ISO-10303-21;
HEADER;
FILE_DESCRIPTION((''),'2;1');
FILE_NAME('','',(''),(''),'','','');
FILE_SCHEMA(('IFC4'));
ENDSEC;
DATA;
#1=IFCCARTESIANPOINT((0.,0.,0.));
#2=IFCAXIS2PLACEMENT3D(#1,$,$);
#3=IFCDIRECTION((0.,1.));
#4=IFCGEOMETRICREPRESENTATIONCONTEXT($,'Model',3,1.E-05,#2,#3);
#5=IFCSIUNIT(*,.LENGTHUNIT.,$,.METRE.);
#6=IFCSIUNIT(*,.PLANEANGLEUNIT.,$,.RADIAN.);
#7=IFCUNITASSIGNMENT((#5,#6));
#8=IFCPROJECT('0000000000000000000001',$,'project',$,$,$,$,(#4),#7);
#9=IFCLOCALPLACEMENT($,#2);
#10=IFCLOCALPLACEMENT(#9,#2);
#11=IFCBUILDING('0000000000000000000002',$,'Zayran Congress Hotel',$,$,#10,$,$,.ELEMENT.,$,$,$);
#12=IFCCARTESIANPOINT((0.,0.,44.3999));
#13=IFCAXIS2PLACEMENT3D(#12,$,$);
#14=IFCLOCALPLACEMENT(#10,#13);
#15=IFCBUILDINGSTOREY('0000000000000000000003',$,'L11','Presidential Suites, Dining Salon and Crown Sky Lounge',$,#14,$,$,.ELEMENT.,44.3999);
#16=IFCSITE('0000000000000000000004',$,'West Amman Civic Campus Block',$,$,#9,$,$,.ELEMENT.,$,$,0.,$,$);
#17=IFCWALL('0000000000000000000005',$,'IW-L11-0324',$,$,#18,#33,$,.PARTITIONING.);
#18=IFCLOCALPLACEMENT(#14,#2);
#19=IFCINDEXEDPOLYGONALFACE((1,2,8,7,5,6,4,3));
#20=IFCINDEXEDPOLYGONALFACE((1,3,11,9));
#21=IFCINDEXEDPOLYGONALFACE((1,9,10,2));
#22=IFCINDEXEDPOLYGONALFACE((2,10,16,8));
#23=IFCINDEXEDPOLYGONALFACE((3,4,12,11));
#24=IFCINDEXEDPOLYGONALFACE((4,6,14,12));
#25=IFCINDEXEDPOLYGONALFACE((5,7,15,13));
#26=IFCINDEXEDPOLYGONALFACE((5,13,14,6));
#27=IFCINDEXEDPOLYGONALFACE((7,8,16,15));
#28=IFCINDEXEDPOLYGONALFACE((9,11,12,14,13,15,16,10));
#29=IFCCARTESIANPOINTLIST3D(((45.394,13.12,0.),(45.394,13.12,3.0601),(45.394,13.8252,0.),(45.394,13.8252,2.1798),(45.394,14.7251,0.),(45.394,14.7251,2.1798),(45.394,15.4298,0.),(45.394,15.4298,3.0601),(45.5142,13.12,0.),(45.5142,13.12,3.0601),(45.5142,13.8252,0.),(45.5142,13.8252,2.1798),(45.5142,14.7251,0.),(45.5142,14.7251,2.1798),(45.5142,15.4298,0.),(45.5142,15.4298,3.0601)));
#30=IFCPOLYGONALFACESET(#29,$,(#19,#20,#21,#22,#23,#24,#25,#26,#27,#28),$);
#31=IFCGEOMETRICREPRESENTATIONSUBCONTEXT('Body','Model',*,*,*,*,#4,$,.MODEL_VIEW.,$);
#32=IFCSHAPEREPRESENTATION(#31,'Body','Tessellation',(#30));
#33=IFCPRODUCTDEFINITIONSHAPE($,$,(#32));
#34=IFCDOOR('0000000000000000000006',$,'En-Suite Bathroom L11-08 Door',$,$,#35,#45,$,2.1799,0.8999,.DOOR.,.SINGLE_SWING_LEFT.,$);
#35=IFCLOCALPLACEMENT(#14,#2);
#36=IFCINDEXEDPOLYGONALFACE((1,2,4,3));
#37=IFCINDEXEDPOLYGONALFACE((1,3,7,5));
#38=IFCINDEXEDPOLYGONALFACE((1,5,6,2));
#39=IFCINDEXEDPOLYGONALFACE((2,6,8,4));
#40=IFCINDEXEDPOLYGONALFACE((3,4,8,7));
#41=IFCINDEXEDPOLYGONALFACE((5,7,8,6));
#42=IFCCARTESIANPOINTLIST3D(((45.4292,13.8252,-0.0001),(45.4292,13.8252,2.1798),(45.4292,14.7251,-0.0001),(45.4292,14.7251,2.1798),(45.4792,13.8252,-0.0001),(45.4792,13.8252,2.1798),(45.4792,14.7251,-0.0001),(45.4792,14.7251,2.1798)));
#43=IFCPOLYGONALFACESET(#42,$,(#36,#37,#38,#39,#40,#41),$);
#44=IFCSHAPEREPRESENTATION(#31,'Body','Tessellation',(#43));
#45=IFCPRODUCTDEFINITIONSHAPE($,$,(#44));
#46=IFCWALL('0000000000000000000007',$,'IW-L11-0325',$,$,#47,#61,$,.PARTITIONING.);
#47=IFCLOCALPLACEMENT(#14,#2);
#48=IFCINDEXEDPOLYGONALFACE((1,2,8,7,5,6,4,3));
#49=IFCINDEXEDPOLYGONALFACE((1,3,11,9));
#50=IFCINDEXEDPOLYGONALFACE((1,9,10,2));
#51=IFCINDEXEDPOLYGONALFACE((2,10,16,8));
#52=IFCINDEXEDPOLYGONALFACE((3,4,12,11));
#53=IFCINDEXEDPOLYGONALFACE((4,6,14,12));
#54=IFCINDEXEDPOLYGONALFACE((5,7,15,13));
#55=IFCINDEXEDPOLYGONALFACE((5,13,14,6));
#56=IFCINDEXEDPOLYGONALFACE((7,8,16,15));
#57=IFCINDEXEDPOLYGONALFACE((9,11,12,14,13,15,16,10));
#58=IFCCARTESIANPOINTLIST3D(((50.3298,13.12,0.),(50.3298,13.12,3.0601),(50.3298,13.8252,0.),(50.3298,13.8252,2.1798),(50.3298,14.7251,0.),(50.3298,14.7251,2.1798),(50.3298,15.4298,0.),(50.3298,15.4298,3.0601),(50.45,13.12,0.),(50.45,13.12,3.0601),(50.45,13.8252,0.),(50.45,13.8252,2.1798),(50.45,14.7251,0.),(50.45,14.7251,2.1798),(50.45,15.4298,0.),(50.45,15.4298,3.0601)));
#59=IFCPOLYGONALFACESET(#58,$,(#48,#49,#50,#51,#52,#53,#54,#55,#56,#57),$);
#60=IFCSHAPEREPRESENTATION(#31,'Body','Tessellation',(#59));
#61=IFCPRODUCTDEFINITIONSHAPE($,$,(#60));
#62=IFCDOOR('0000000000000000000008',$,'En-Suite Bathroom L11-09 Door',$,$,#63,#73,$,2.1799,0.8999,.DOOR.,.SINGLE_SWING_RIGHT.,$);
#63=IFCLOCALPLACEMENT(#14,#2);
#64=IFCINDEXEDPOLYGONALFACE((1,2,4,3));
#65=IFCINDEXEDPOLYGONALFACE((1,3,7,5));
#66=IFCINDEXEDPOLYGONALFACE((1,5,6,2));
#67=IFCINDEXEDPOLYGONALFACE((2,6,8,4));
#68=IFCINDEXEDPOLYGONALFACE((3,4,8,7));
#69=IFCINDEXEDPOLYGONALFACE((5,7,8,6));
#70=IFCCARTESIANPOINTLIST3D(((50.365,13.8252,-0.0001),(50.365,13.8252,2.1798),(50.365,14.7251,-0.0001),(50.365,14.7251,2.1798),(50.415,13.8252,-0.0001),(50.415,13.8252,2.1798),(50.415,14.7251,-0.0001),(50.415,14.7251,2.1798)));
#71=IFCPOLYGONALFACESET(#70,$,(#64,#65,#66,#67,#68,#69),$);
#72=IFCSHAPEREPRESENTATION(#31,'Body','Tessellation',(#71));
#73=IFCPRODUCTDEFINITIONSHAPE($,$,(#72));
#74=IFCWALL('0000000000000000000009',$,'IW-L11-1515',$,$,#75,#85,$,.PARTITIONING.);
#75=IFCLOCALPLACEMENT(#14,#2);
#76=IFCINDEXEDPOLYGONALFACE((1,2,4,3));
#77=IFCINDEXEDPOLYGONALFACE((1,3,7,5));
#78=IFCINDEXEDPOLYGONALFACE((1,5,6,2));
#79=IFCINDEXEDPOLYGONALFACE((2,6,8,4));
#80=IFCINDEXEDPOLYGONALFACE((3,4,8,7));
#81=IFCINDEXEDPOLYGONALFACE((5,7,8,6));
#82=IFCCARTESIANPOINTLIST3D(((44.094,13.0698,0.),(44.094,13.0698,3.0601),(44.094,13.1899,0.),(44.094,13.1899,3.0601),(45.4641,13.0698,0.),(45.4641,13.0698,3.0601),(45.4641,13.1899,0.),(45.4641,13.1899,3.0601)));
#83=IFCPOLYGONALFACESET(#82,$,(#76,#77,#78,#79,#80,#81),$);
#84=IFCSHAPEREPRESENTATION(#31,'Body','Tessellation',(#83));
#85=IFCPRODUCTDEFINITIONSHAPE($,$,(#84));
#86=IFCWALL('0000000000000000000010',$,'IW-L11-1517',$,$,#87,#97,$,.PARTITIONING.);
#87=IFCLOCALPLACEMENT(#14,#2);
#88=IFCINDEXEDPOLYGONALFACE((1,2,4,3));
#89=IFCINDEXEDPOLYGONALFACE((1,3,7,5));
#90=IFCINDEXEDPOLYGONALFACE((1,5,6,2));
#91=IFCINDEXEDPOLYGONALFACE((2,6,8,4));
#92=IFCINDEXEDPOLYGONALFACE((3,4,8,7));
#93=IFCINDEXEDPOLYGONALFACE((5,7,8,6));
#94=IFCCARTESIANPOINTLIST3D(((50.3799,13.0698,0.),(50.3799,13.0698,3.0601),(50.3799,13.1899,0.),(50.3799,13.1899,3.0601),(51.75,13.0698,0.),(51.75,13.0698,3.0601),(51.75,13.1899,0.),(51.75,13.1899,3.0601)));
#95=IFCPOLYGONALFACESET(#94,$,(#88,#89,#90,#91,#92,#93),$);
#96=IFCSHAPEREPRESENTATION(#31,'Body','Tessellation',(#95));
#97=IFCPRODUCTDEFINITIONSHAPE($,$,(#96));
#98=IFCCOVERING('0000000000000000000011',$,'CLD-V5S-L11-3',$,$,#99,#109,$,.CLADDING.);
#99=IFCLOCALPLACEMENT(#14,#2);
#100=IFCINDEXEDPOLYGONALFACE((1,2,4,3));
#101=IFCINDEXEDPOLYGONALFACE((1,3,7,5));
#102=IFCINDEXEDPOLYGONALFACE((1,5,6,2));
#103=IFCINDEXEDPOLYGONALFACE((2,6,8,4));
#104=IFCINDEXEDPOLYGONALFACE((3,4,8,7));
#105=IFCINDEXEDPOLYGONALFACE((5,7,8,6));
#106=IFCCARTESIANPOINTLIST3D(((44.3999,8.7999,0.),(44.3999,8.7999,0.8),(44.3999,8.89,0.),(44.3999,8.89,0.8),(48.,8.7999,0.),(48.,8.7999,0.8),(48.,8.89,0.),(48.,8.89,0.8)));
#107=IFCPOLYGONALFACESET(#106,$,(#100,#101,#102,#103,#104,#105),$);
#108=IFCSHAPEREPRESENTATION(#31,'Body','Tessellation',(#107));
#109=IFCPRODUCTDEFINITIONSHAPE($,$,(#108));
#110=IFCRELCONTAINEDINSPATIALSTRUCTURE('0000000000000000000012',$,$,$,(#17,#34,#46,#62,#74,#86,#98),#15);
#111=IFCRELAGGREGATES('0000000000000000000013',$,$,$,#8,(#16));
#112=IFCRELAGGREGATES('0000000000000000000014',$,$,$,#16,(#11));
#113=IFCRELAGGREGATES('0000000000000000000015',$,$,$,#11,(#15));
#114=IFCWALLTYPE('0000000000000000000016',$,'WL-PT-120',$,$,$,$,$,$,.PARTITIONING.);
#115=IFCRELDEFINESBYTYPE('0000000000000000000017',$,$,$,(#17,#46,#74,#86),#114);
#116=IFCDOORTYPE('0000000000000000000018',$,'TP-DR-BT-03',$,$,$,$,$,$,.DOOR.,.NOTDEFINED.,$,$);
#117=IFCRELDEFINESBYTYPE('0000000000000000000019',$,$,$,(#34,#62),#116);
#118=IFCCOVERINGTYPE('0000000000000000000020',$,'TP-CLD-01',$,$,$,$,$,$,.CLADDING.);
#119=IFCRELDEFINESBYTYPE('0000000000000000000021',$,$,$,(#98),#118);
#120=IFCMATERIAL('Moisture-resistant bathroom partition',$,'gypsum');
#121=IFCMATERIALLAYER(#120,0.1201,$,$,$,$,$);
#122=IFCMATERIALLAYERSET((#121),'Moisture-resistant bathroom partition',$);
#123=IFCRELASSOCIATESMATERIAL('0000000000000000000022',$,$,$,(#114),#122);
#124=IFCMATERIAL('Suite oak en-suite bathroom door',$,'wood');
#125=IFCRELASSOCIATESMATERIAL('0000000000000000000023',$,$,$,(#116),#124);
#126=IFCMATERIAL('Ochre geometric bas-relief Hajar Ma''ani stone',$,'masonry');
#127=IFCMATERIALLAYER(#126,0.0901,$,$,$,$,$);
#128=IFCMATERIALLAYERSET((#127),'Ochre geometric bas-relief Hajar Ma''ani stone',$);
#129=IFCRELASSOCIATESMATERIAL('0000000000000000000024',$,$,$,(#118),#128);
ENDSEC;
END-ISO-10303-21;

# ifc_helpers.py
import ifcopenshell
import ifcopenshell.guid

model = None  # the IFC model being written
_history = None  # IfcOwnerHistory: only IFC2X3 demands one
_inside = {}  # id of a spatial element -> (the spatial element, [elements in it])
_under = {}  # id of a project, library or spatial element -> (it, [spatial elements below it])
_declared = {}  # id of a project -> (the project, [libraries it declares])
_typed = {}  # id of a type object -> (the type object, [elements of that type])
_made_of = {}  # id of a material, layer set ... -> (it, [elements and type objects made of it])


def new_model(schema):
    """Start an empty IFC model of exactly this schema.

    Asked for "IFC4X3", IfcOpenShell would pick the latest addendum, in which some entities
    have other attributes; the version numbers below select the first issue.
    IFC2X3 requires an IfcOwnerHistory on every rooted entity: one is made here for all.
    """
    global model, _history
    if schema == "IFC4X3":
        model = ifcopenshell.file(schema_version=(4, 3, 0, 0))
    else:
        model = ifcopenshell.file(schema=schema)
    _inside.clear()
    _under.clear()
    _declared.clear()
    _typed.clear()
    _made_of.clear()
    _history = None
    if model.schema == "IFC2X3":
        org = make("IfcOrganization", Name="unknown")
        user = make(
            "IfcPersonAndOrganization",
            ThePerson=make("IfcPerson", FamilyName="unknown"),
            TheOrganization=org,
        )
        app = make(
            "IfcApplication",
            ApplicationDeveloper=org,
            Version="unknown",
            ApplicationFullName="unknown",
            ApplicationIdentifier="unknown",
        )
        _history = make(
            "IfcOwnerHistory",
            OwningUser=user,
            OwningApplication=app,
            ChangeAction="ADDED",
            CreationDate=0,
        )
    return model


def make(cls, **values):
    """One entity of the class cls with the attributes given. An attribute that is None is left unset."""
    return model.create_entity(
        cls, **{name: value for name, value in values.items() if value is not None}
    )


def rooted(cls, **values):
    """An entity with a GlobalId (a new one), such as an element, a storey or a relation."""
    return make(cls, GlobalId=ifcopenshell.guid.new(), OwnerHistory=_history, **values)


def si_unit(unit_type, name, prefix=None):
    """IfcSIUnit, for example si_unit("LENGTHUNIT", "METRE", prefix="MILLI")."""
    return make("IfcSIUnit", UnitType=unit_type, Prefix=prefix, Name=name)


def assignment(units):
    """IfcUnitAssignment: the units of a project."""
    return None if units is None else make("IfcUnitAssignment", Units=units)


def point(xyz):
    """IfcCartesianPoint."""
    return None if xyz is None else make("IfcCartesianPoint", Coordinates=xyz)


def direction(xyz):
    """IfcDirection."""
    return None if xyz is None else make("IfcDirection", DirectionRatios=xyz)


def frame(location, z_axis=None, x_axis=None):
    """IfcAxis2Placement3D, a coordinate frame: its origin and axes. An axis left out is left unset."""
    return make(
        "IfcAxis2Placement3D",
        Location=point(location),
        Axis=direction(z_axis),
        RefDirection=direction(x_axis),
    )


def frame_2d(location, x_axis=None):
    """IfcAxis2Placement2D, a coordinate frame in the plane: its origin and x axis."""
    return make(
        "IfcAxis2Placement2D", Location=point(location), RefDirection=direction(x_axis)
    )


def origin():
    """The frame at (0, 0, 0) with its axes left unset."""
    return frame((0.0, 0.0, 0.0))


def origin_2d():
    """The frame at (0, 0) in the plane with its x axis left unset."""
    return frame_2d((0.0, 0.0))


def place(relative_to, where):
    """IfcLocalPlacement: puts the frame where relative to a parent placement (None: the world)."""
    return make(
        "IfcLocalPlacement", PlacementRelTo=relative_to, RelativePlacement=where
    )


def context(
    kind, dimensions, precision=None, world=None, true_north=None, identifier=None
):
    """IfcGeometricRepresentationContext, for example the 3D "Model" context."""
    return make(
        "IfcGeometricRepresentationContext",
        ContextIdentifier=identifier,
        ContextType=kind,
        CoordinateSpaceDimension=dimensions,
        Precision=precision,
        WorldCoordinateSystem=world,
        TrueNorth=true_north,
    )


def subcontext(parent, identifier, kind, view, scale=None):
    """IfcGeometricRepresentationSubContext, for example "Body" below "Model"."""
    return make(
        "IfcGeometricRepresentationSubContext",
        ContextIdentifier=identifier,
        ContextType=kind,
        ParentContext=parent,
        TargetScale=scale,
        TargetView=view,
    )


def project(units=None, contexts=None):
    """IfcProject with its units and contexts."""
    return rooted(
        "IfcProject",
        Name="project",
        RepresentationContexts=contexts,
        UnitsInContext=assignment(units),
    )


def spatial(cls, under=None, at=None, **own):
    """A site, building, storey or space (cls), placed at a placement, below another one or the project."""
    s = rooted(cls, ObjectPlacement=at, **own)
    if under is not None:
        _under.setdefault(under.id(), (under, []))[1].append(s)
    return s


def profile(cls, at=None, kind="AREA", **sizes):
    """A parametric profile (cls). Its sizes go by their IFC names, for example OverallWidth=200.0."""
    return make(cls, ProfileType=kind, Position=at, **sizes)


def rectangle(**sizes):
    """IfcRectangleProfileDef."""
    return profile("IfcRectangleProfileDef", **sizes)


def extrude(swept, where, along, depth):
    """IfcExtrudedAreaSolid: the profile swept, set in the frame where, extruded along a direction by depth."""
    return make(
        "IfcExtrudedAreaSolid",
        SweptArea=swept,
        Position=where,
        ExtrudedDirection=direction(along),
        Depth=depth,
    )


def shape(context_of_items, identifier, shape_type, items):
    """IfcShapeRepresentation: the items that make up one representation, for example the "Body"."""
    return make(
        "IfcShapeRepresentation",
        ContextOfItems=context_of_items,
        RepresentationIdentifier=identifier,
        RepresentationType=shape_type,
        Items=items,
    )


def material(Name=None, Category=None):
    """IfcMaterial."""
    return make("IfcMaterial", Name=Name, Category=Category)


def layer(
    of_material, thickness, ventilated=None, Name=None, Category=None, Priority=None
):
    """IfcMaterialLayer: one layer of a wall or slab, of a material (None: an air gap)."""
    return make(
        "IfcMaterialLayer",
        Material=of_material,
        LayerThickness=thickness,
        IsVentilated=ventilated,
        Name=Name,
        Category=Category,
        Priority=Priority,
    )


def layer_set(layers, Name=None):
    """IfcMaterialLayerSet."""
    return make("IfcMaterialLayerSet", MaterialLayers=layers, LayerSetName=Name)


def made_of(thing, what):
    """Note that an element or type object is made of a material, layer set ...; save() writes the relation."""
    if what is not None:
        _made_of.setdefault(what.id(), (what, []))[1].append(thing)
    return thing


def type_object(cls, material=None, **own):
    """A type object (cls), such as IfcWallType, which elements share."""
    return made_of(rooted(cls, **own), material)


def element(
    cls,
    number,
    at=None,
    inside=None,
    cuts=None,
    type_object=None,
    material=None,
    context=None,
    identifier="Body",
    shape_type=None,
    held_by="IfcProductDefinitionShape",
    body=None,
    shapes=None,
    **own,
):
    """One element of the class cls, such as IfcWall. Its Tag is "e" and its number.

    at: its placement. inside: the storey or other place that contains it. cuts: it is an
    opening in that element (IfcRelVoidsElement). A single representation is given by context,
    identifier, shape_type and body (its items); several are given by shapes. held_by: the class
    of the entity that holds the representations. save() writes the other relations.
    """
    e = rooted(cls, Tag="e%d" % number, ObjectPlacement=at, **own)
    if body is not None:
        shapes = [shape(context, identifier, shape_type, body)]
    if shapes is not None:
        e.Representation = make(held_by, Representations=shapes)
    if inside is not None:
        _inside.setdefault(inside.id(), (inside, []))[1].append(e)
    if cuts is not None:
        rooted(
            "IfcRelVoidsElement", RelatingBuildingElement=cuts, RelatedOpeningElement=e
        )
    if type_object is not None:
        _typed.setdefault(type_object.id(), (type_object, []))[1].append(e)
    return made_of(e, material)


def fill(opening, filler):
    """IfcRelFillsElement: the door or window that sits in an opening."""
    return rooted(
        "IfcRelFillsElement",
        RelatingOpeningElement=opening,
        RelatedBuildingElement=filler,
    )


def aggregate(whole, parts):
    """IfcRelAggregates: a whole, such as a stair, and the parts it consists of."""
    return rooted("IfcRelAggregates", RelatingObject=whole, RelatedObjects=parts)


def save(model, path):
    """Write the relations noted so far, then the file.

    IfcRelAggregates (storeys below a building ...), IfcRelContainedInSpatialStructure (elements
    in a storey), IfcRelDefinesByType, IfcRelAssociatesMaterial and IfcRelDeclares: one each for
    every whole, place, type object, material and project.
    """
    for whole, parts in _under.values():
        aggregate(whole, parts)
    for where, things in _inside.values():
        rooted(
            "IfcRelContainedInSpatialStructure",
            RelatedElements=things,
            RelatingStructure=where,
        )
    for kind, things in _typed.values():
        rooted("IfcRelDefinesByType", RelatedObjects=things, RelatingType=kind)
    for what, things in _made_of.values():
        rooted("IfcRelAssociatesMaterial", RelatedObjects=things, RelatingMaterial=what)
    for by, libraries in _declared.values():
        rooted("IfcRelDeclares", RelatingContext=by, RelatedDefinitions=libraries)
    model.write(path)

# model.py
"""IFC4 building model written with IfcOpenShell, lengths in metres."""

from ifc_helpers import new_model, si_unit, direction, frame, frame_2d, origin, origin_2d, place, context, subcontext, project, spatial, rectangle, extrude, material, layer, layer_set, type_object, element, fill, save


model = new_model("IFC4")

# Units and contexts
model_context = context("Model", 3, precision=1e-05, world=origin(), true_north=direction((0.0, 1.0)))
body_context = subcontext(model_context, "Body", "Model", "MODEL_VIEW")
ifc_project = project(units=[si_unit("LENGTHUNIT", "METRE"), si_unit("PLANEANGLEUNIT", "RADIAN")], contexts=[model_context])

# Site, building, storey
site_placement = place(None, origin())
site = spatial("IfcSite", under=ifc_project, at=site_placement, Name="West Amman Civic Campus Block", CompositionType="ELEMENT", RefElevation=0.0)
building_placement = place(site_placement, origin())
building = spatial("IfcBuilding", under=site, at=building_placement, Name="Zayran Congress Hotel", CompositionType="ELEMENT")
storey_placement = place(building_placement, frame((0.0, 0.0, 44.3999)))
storey = spatial("IfcBuildingStorey", under=building, at=storey_placement, Name="L11", Description="Presidential Suites, Dining Salon and Crown Sky Lounge", CompositionType="ELEMENT", Elevation=44.3999)

# Walls, openings, doors
ifc_material_1 = material(Name="Moisture-resistant bathroom partition", Category="gypsum")
ifc_layer_1 = layer(ifc_material_1, 0.1201)
ifc_layer_set_1 = layer_set([ifc_layer_1], Name="Moisture-resistant bathroom partition")
wall_type_1 = type_object("IfcWallType", Name="WL-PT-120", PredefinedType="PARTITIONING", material=ifc_layer_set_1)
ifc_material_2 = material(Name="Suite oak en-suite bathroom door", Category="wood")
door_type_1 = type_object("IfcDoorType", Name="TP-DR-BT-03", OperationType="NOTDEFINED", PredefinedType="DOOR", material=ifc_material_2)
wall_1_placement = place(storey_placement, frame((45.4541, 13.1201, 0.0), z_axis=(0.0, 0.0, 1.0), x_axis=(0.0, 1.0, 0.0)))
wall_1 = element("IfcWall", 1, at=wall_1_placement, inside=storey, type_object=wall_type_1, Name="IW-L11-0324", PredefinedType="PARTITIONING", context=body_context, shape_type="SweptSolid", body=[
    extrude(rectangle(XDim=2.3098, YDim=0.1201, at=frame_2d((1.1548, 0.0))), origin(), (0.0, 0.0, 1.0), 3.0601),
])
opening_1_placement = place(wall_1_placement, frame((0.7051, 0.0, 0.0)))
opening_1 = element("IfcOpeningElement", 2, at=opening_1_placement, cuts=wall_1, PredefinedType="OPENING", context=body_context, shape_type="SweptSolid", body=[
    extrude(rectangle(XDim=0.8999, YDim=2.1799, at=frame_2d((0.45, 1.0898))), frame((0.0, 0.0701, 0.0), z_axis=(0.0, -1.0, 0.0), x_axis=(1.0, 0.0, 0.0)), (0.0, 0.0, 1.0), 0.1401),
])
door_1_placement = place(opening_1_placement, origin())
door_1 = element("IfcDoor", 3, at=door_1_placement, inside=storey, type_object=door_type_1, Name="En-Suite Bathroom L11-08 Door", OperationType="SINGLE_SWING_LEFT", OverallHeight=2.1799, OverallWidth=0.8999, PredefinedType="DOOR", context=body_context, shape_type="SweptSolid", body=[
    extrude(rectangle(XDim=0.8999, YDim=2.1799, at=frame_2d((0.45, 1.0898))), frame((0.0, 0.0249, 0.0), z_axis=(0.0, -1.0, 0.0), x_axis=(1.0, 0.0, 0.0)), (0.0, 0.0, 1.0), 0.05),
])
fill(opening_1, door_1)
wall_2_placement = place(storey_placement, frame((50.3899, 13.1201, 0.0), z_axis=(0.0, 0.0, 1.0), x_axis=(0.0, 1.0, 0.0)))
wall_2 = element("IfcWall", 4, at=wall_2_placement, inside=storey, type_object=wall_type_1, Name="IW-L11-0325", PredefinedType="PARTITIONING", context=body_context, shape_type="SweptSolid", body=[
    extrude(rectangle(XDim=2.3098, YDim=0.1201, at=frame_2d((1.1548, 0.0))), origin(), (0.0, 0.0, 1.0), 3.0601),
])
opening_2_placement = place(wall_2_placement, frame((0.7051, 0.0, 0.0)))
opening_2 = element("IfcOpeningElement", 5, at=opening_2_placement, cuts=wall_2, PredefinedType="OPENING", context=body_context, shape_type="SweptSolid", body=[
    extrude(rectangle(XDim=0.8999, YDim=2.1799, at=frame_2d((0.45, 1.0898))), frame((0.0, 0.0701, 0.0), z_axis=(0.0, -1.0, 0.0), x_axis=(1.0, 0.0, 0.0)), (0.0, 0.0, 1.0), 0.1401),
])
door_2_placement = place(opening_2_placement, origin())
door_2 = element("IfcDoor", 6, at=door_2_placement, inside=storey, type_object=door_type_1, Name="En-Suite Bathroom L11-09 Door", OperationType="SINGLE_SWING_RIGHT", OverallHeight=2.1799, OverallWidth=0.8999, PredefinedType="DOOR", context=body_context, shape_type="SweptSolid", body=[
    extrude(rectangle(XDim=0.8999, YDim=2.1799, at=frame_2d((0.45, 1.0898))), frame((0.0, 0.0249, 0.0), z_axis=(0.0, -1.0, 0.0), x_axis=(1.0, 0.0, 0.0)), (0.0, 0.0, 1.0), 0.05),
])
fill(opening_2, door_2)

# Walls
for number, where, z_axis, x_axis, name in (
    (7, (44.094, 13.1299, 0.0), (0.0, 0.0, 1.0), (1.0, 0.0, 0.0), "IW-L11-1515"),
    (8, (50.3799, 13.1299, 0.0), (0.0, 0.0, 1.0), (1.0, 0.0, 0.0), "IW-L11-1517"),
):
    element("IfcWall", number, at=place(storey_placement, frame(where, z_axis=z_axis, x_axis=x_axis)), inside=storey, type_object=wall_type_1, Name=name, PredefinedType="PARTITIONING", context=body_context, shape_type="SweptSolid", body=[
        extrude(rectangle(XDim=1.3701, YDim=0.1201, at=frame_2d((0.6851, 0.0))), origin(), (0.0, 0.0, 1.0), 3.0601),
    ])

# Covering
ifc_material_3 = material(Name="Ochre geometric bas-relief Hajar Ma'ani stone", Category="masonry")
ifc_layer_2 = layer(ifc_material_3, 0.0901)
ifc_layer_set_2 = layer_set([ifc_layer_2], Name="Ochre geometric bas-relief Hajar Ma'ani stone")
covering_type = type_object("IfcCoveringType", Name="TP-CLD-01", PredefinedType="CLADDING", material=ifc_layer_set_2)
covering_placement = place(storey_placement, frame((46.2, 8.845, 0.0), z_axis=(0.0, 0.0, 1.0), x_axis=(1.0, 0.0, 0.0)))
element("IfcCovering", 9, at=covering_placement, inside=storey, type_object=covering_type, Name="CLD-V5S-L11-3", PredefinedType="CLADDING", context=body_context, shape_type="SweptSolid", body=[
    extrude(rectangle(XDim=3.6001, YDim=0.0901, at=origin_2d()), origin(), (0.0, 0.0, 1.0), 0.8),
])

save(model, "model.ifc")
